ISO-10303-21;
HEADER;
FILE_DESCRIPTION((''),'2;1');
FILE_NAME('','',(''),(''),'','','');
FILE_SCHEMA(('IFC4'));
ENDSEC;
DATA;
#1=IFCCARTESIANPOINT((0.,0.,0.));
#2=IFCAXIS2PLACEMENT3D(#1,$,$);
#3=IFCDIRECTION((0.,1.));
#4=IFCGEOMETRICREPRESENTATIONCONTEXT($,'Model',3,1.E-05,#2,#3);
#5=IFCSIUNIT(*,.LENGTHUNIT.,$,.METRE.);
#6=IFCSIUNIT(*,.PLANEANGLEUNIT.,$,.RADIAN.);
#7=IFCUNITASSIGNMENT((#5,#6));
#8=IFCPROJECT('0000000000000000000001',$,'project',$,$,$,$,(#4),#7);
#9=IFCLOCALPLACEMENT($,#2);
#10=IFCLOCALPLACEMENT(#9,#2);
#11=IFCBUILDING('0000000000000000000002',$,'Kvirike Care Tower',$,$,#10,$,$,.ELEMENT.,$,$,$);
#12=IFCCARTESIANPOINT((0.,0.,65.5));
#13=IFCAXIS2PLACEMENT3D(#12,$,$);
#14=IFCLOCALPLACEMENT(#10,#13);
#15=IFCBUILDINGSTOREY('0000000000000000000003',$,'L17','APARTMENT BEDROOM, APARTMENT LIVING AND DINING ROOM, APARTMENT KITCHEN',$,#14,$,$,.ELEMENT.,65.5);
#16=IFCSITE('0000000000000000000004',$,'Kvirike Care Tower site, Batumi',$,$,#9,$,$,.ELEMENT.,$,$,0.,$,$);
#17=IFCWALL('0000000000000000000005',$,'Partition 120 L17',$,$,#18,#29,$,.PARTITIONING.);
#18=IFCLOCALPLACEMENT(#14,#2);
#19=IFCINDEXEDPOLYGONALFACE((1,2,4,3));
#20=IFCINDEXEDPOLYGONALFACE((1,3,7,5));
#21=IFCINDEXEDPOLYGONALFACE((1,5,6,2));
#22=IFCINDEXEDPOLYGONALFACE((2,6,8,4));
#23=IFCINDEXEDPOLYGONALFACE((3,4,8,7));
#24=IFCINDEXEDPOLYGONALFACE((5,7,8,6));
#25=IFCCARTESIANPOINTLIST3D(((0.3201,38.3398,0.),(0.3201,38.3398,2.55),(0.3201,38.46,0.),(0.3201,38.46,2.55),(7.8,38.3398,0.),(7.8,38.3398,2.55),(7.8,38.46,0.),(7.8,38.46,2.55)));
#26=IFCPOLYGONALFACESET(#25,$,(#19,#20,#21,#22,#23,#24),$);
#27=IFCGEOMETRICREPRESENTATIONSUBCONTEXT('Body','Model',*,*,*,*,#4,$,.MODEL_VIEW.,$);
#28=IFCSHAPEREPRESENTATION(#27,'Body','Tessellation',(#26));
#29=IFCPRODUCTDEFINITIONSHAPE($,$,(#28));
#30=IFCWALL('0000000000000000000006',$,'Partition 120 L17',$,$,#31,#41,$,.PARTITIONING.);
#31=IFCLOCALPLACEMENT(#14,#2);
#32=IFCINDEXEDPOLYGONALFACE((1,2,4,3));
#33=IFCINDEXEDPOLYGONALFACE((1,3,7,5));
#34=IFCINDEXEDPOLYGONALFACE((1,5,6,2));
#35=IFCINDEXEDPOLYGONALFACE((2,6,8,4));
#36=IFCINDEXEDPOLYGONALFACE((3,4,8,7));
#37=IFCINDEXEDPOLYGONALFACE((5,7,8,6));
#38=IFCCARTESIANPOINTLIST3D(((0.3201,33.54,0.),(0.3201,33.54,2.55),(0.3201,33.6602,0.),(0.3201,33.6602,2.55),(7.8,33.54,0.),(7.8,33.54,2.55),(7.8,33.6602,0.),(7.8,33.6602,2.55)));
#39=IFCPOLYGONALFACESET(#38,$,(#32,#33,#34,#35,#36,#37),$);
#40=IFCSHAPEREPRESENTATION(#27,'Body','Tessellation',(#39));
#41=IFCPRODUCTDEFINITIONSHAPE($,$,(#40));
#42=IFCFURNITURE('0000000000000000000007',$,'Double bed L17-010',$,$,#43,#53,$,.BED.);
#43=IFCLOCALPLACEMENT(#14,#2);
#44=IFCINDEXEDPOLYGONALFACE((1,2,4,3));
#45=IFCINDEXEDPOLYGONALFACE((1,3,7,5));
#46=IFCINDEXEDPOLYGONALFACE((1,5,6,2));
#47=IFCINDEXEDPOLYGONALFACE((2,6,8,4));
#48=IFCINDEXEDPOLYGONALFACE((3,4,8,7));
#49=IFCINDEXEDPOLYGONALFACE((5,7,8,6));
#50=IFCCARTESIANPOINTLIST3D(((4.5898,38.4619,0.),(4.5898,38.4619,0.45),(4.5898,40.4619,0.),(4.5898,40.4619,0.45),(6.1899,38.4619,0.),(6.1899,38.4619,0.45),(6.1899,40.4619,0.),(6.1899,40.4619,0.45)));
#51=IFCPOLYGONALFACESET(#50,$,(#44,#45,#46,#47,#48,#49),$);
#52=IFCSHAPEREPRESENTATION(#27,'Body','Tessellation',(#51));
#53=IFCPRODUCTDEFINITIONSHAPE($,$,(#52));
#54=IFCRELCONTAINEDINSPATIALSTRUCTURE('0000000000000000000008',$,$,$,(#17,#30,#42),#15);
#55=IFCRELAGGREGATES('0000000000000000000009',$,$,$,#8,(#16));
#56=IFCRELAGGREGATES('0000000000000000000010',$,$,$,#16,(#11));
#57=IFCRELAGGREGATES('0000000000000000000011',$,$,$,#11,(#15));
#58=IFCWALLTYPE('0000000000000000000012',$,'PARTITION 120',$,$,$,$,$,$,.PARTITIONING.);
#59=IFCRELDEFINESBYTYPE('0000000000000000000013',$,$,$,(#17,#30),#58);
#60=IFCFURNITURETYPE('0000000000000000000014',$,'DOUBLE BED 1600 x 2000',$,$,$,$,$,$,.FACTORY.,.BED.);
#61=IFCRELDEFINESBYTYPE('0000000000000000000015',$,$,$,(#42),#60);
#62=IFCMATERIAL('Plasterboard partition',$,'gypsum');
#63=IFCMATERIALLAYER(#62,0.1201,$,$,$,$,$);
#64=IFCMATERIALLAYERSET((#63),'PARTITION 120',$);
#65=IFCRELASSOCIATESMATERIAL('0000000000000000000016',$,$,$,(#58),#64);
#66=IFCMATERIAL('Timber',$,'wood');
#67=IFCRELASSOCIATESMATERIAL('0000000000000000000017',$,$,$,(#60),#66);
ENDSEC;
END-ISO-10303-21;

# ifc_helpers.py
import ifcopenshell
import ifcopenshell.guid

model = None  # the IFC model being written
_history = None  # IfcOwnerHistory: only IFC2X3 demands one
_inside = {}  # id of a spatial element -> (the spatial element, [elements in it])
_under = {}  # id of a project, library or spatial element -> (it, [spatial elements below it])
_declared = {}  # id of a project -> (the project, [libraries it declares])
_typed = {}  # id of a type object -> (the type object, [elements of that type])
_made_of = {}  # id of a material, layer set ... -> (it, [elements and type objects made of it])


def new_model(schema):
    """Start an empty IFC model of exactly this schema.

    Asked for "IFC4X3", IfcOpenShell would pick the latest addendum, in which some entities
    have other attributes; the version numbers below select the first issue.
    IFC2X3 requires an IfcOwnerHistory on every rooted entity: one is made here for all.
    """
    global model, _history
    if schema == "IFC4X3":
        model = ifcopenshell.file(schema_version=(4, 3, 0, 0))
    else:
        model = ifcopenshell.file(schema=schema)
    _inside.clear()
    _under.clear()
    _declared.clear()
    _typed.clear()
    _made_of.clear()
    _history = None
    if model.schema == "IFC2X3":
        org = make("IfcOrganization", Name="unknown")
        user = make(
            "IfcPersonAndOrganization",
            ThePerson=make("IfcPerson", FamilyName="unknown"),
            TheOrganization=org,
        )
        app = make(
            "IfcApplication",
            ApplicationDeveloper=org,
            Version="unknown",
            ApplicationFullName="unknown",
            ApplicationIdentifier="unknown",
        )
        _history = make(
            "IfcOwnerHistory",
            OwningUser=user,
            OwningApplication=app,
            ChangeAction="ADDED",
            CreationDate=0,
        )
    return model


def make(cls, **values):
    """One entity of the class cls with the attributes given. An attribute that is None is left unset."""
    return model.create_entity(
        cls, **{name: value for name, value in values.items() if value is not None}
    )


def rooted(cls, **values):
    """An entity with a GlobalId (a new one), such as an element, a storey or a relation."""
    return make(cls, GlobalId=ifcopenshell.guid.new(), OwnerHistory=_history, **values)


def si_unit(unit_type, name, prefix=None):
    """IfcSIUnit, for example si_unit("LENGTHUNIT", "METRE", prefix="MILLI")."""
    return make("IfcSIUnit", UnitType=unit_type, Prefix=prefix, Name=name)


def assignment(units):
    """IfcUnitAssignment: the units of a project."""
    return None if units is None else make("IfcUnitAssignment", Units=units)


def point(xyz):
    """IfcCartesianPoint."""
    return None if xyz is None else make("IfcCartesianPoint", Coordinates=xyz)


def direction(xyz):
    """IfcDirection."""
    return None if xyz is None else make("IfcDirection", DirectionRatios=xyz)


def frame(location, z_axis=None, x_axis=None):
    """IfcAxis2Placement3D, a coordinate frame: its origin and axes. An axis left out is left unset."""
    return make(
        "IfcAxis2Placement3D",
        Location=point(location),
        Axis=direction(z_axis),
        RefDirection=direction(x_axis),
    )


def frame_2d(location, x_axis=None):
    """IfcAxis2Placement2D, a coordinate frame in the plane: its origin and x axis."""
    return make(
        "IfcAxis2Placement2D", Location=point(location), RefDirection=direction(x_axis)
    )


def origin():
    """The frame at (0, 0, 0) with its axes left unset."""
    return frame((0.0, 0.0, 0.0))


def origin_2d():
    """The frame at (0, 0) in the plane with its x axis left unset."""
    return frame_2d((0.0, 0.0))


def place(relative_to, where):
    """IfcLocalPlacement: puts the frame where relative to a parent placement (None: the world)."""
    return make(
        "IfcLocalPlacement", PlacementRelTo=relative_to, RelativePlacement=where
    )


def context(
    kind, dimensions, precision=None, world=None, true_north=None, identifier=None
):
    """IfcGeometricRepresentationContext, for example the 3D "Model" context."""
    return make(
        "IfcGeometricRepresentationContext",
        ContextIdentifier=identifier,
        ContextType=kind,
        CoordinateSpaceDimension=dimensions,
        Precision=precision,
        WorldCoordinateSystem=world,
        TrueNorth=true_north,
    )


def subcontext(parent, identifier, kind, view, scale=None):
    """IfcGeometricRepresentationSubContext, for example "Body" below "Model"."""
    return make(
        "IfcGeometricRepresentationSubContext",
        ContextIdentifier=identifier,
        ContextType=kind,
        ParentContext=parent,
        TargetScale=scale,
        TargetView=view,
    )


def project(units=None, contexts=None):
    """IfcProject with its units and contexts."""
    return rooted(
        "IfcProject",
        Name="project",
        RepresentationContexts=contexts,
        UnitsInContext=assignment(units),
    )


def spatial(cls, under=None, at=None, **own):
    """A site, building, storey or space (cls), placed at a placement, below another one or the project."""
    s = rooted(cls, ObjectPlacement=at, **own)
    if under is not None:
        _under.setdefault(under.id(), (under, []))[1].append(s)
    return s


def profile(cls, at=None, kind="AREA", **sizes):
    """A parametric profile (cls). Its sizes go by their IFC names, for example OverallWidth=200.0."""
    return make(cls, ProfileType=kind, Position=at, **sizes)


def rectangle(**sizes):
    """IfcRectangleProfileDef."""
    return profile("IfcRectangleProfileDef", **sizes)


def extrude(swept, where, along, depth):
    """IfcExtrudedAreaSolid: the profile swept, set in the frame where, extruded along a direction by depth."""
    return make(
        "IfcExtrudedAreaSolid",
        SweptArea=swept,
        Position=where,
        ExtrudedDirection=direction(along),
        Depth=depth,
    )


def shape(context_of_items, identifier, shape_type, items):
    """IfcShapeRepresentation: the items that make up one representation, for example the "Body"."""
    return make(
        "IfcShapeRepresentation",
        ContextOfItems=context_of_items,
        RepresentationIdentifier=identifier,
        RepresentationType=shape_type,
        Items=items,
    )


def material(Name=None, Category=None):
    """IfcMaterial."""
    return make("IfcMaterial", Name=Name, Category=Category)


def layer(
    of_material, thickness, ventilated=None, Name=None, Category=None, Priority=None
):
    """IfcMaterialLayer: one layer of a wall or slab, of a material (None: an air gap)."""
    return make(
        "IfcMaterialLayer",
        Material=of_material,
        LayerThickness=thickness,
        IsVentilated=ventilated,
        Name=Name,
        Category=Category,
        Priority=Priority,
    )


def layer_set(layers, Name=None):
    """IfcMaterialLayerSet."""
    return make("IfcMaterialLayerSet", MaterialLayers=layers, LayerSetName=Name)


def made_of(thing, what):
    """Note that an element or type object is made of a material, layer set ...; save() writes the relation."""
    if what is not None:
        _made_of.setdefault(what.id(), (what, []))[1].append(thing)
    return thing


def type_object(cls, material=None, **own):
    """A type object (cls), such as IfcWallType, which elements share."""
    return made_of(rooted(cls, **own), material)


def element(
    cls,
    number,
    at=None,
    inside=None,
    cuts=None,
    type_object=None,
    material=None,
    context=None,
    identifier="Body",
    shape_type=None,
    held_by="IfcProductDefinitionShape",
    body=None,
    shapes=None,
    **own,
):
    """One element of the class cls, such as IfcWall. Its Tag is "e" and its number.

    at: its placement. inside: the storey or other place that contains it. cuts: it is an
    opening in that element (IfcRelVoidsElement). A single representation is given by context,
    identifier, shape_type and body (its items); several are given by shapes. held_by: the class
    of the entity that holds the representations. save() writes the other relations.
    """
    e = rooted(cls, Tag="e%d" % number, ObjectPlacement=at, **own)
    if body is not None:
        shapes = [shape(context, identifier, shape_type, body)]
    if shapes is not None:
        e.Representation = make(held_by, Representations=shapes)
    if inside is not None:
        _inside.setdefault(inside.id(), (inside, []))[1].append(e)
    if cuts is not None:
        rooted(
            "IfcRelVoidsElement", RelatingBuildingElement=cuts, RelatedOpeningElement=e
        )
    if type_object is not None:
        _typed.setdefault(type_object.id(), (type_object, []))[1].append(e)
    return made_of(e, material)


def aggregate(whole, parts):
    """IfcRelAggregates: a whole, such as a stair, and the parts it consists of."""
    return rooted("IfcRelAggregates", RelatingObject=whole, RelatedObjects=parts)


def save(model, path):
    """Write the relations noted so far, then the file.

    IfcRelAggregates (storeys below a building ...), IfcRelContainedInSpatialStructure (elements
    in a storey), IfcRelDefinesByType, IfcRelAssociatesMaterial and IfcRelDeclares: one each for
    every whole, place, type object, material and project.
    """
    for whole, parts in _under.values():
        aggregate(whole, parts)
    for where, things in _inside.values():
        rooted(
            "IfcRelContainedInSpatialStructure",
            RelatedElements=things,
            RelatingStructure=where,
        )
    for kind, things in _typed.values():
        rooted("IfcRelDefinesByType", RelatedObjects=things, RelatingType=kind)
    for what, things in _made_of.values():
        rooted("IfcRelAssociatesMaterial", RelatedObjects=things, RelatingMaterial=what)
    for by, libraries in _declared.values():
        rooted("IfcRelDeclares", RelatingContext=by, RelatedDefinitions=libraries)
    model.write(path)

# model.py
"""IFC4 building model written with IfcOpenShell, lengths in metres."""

from ifc_helpers import new_model, si_unit, direction, frame, frame_2d, origin, origin_2d, place, context, subcontext, project, spatial, rectangle, extrude, material, layer, layer_set, type_object, element, save


model = new_model("IFC4")

# Units and contexts
model_context = context("Model", 3, precision=1e-05, world=origin(), true_north=direction((0.0, 1.0)))
body_context = subcontext(model_context, "Body", "Model", "MODEL_VIEW")
ifc_project = project(units=[si_unit("LENGTHUNIT", "METRE"), si_unit("PLANEANGLEUNIT", "RADIAN")], contexts=[model_context])

# Site, building, storey
site_placement = place(None, origin())
site = spatial("IfcSite", under=ifc_project, at=site_placement, Name="Kvirike Care Tower site, Batumi", CompositionType="ELEMENT", RefElevation=0.0)
building_placement = place(site_placement, origin())
building = spatial("IfcBuilding", under=site, at=building_placement, Name="Kvirike Care Tower", CompositionType="ELEMENT")
storey_placement = place(building_placement, frame((0.0, 0.0, 65.5)))
storey = spatial("IfcBuildingStorey", under=building, at=storey_placement, Name="L17", Description="APARTMENT BEDROOM, APARTMENT LIVING AND DINING ROOM, APARTMENT KITCHEN", CompositionType="ELEMENT", Elevation=65.5)

# Walls
ifc_material_1 = material(Name="Plasterboard partition", Category="gypsum")
ifc_layer_1 = layer(ifc_material_1, 0.1201)
ifc_layer_set_1 = layer_set([ifc_layer_1], Name="PARTITION 120")
wall_type = type_object("IfcWallType", Name="PARTITION 120", PredefinedType="PARTITIONING", material=ifc_layer_set_1)
for number, where, z_axis, x_axis, name in (
    (1, (0.3201, 38.3999, 0.0), (0.0, 0.0, 1.0), (1.0, 0.0, 0.0), "Partition 120 L17"),
    (2, (0.3201, 33.6001, 0.0), (0.0, 0.0, 1.0), (1.0, 0.0, 0.0), "Partition 120 L17"),
):
    element("IfcWall", number, at=place(storey_placement, frame(where, z_axis=z_axis, x_axis=x_axis)), inside=storey, type_object=wall_type, Name=name, PredefinedType="PARTITIONING", context=body_context, shape_type="SweptSolid", body=[
        extrude(rectangle(XDim=7.48, YDim=0.1201, at=frame_2d((3.74, 0.0))), origin(), (0.0, 0.0, 1.0), 2.55),
    ])

# Furniture
ifc_material_2 = material(Name="Timber", Category="wood")
furniture_type = type_object("IfcFurnitureType", Name="DOUBLE BED 1600 x 2000", AssemblyPlace="FACTORY", PredefinedType="BED", material=ifc_material_2)
furniture_placement = place(storey_placement, frame((5.3899, 39.4619, 0.0), z_axis=(0.0, 0.0, 1.0), x_axis=(-1.0, 0.0, 0.0)))
element("IfcFurniture", 3, at=furniture_placement, inside=storey, type_object=furniture_type, Name="Double bed L17-010", PredefinedType="BED", context=body_context, shape_type="SweptSolid", body=[
    extrude(rectangle(XDim=1.6001, YDim=2.0, at=origin_2d()), origin(), (0.0, 0.0, 1.0), 0.45),
])

save(model, "model.ifc")
